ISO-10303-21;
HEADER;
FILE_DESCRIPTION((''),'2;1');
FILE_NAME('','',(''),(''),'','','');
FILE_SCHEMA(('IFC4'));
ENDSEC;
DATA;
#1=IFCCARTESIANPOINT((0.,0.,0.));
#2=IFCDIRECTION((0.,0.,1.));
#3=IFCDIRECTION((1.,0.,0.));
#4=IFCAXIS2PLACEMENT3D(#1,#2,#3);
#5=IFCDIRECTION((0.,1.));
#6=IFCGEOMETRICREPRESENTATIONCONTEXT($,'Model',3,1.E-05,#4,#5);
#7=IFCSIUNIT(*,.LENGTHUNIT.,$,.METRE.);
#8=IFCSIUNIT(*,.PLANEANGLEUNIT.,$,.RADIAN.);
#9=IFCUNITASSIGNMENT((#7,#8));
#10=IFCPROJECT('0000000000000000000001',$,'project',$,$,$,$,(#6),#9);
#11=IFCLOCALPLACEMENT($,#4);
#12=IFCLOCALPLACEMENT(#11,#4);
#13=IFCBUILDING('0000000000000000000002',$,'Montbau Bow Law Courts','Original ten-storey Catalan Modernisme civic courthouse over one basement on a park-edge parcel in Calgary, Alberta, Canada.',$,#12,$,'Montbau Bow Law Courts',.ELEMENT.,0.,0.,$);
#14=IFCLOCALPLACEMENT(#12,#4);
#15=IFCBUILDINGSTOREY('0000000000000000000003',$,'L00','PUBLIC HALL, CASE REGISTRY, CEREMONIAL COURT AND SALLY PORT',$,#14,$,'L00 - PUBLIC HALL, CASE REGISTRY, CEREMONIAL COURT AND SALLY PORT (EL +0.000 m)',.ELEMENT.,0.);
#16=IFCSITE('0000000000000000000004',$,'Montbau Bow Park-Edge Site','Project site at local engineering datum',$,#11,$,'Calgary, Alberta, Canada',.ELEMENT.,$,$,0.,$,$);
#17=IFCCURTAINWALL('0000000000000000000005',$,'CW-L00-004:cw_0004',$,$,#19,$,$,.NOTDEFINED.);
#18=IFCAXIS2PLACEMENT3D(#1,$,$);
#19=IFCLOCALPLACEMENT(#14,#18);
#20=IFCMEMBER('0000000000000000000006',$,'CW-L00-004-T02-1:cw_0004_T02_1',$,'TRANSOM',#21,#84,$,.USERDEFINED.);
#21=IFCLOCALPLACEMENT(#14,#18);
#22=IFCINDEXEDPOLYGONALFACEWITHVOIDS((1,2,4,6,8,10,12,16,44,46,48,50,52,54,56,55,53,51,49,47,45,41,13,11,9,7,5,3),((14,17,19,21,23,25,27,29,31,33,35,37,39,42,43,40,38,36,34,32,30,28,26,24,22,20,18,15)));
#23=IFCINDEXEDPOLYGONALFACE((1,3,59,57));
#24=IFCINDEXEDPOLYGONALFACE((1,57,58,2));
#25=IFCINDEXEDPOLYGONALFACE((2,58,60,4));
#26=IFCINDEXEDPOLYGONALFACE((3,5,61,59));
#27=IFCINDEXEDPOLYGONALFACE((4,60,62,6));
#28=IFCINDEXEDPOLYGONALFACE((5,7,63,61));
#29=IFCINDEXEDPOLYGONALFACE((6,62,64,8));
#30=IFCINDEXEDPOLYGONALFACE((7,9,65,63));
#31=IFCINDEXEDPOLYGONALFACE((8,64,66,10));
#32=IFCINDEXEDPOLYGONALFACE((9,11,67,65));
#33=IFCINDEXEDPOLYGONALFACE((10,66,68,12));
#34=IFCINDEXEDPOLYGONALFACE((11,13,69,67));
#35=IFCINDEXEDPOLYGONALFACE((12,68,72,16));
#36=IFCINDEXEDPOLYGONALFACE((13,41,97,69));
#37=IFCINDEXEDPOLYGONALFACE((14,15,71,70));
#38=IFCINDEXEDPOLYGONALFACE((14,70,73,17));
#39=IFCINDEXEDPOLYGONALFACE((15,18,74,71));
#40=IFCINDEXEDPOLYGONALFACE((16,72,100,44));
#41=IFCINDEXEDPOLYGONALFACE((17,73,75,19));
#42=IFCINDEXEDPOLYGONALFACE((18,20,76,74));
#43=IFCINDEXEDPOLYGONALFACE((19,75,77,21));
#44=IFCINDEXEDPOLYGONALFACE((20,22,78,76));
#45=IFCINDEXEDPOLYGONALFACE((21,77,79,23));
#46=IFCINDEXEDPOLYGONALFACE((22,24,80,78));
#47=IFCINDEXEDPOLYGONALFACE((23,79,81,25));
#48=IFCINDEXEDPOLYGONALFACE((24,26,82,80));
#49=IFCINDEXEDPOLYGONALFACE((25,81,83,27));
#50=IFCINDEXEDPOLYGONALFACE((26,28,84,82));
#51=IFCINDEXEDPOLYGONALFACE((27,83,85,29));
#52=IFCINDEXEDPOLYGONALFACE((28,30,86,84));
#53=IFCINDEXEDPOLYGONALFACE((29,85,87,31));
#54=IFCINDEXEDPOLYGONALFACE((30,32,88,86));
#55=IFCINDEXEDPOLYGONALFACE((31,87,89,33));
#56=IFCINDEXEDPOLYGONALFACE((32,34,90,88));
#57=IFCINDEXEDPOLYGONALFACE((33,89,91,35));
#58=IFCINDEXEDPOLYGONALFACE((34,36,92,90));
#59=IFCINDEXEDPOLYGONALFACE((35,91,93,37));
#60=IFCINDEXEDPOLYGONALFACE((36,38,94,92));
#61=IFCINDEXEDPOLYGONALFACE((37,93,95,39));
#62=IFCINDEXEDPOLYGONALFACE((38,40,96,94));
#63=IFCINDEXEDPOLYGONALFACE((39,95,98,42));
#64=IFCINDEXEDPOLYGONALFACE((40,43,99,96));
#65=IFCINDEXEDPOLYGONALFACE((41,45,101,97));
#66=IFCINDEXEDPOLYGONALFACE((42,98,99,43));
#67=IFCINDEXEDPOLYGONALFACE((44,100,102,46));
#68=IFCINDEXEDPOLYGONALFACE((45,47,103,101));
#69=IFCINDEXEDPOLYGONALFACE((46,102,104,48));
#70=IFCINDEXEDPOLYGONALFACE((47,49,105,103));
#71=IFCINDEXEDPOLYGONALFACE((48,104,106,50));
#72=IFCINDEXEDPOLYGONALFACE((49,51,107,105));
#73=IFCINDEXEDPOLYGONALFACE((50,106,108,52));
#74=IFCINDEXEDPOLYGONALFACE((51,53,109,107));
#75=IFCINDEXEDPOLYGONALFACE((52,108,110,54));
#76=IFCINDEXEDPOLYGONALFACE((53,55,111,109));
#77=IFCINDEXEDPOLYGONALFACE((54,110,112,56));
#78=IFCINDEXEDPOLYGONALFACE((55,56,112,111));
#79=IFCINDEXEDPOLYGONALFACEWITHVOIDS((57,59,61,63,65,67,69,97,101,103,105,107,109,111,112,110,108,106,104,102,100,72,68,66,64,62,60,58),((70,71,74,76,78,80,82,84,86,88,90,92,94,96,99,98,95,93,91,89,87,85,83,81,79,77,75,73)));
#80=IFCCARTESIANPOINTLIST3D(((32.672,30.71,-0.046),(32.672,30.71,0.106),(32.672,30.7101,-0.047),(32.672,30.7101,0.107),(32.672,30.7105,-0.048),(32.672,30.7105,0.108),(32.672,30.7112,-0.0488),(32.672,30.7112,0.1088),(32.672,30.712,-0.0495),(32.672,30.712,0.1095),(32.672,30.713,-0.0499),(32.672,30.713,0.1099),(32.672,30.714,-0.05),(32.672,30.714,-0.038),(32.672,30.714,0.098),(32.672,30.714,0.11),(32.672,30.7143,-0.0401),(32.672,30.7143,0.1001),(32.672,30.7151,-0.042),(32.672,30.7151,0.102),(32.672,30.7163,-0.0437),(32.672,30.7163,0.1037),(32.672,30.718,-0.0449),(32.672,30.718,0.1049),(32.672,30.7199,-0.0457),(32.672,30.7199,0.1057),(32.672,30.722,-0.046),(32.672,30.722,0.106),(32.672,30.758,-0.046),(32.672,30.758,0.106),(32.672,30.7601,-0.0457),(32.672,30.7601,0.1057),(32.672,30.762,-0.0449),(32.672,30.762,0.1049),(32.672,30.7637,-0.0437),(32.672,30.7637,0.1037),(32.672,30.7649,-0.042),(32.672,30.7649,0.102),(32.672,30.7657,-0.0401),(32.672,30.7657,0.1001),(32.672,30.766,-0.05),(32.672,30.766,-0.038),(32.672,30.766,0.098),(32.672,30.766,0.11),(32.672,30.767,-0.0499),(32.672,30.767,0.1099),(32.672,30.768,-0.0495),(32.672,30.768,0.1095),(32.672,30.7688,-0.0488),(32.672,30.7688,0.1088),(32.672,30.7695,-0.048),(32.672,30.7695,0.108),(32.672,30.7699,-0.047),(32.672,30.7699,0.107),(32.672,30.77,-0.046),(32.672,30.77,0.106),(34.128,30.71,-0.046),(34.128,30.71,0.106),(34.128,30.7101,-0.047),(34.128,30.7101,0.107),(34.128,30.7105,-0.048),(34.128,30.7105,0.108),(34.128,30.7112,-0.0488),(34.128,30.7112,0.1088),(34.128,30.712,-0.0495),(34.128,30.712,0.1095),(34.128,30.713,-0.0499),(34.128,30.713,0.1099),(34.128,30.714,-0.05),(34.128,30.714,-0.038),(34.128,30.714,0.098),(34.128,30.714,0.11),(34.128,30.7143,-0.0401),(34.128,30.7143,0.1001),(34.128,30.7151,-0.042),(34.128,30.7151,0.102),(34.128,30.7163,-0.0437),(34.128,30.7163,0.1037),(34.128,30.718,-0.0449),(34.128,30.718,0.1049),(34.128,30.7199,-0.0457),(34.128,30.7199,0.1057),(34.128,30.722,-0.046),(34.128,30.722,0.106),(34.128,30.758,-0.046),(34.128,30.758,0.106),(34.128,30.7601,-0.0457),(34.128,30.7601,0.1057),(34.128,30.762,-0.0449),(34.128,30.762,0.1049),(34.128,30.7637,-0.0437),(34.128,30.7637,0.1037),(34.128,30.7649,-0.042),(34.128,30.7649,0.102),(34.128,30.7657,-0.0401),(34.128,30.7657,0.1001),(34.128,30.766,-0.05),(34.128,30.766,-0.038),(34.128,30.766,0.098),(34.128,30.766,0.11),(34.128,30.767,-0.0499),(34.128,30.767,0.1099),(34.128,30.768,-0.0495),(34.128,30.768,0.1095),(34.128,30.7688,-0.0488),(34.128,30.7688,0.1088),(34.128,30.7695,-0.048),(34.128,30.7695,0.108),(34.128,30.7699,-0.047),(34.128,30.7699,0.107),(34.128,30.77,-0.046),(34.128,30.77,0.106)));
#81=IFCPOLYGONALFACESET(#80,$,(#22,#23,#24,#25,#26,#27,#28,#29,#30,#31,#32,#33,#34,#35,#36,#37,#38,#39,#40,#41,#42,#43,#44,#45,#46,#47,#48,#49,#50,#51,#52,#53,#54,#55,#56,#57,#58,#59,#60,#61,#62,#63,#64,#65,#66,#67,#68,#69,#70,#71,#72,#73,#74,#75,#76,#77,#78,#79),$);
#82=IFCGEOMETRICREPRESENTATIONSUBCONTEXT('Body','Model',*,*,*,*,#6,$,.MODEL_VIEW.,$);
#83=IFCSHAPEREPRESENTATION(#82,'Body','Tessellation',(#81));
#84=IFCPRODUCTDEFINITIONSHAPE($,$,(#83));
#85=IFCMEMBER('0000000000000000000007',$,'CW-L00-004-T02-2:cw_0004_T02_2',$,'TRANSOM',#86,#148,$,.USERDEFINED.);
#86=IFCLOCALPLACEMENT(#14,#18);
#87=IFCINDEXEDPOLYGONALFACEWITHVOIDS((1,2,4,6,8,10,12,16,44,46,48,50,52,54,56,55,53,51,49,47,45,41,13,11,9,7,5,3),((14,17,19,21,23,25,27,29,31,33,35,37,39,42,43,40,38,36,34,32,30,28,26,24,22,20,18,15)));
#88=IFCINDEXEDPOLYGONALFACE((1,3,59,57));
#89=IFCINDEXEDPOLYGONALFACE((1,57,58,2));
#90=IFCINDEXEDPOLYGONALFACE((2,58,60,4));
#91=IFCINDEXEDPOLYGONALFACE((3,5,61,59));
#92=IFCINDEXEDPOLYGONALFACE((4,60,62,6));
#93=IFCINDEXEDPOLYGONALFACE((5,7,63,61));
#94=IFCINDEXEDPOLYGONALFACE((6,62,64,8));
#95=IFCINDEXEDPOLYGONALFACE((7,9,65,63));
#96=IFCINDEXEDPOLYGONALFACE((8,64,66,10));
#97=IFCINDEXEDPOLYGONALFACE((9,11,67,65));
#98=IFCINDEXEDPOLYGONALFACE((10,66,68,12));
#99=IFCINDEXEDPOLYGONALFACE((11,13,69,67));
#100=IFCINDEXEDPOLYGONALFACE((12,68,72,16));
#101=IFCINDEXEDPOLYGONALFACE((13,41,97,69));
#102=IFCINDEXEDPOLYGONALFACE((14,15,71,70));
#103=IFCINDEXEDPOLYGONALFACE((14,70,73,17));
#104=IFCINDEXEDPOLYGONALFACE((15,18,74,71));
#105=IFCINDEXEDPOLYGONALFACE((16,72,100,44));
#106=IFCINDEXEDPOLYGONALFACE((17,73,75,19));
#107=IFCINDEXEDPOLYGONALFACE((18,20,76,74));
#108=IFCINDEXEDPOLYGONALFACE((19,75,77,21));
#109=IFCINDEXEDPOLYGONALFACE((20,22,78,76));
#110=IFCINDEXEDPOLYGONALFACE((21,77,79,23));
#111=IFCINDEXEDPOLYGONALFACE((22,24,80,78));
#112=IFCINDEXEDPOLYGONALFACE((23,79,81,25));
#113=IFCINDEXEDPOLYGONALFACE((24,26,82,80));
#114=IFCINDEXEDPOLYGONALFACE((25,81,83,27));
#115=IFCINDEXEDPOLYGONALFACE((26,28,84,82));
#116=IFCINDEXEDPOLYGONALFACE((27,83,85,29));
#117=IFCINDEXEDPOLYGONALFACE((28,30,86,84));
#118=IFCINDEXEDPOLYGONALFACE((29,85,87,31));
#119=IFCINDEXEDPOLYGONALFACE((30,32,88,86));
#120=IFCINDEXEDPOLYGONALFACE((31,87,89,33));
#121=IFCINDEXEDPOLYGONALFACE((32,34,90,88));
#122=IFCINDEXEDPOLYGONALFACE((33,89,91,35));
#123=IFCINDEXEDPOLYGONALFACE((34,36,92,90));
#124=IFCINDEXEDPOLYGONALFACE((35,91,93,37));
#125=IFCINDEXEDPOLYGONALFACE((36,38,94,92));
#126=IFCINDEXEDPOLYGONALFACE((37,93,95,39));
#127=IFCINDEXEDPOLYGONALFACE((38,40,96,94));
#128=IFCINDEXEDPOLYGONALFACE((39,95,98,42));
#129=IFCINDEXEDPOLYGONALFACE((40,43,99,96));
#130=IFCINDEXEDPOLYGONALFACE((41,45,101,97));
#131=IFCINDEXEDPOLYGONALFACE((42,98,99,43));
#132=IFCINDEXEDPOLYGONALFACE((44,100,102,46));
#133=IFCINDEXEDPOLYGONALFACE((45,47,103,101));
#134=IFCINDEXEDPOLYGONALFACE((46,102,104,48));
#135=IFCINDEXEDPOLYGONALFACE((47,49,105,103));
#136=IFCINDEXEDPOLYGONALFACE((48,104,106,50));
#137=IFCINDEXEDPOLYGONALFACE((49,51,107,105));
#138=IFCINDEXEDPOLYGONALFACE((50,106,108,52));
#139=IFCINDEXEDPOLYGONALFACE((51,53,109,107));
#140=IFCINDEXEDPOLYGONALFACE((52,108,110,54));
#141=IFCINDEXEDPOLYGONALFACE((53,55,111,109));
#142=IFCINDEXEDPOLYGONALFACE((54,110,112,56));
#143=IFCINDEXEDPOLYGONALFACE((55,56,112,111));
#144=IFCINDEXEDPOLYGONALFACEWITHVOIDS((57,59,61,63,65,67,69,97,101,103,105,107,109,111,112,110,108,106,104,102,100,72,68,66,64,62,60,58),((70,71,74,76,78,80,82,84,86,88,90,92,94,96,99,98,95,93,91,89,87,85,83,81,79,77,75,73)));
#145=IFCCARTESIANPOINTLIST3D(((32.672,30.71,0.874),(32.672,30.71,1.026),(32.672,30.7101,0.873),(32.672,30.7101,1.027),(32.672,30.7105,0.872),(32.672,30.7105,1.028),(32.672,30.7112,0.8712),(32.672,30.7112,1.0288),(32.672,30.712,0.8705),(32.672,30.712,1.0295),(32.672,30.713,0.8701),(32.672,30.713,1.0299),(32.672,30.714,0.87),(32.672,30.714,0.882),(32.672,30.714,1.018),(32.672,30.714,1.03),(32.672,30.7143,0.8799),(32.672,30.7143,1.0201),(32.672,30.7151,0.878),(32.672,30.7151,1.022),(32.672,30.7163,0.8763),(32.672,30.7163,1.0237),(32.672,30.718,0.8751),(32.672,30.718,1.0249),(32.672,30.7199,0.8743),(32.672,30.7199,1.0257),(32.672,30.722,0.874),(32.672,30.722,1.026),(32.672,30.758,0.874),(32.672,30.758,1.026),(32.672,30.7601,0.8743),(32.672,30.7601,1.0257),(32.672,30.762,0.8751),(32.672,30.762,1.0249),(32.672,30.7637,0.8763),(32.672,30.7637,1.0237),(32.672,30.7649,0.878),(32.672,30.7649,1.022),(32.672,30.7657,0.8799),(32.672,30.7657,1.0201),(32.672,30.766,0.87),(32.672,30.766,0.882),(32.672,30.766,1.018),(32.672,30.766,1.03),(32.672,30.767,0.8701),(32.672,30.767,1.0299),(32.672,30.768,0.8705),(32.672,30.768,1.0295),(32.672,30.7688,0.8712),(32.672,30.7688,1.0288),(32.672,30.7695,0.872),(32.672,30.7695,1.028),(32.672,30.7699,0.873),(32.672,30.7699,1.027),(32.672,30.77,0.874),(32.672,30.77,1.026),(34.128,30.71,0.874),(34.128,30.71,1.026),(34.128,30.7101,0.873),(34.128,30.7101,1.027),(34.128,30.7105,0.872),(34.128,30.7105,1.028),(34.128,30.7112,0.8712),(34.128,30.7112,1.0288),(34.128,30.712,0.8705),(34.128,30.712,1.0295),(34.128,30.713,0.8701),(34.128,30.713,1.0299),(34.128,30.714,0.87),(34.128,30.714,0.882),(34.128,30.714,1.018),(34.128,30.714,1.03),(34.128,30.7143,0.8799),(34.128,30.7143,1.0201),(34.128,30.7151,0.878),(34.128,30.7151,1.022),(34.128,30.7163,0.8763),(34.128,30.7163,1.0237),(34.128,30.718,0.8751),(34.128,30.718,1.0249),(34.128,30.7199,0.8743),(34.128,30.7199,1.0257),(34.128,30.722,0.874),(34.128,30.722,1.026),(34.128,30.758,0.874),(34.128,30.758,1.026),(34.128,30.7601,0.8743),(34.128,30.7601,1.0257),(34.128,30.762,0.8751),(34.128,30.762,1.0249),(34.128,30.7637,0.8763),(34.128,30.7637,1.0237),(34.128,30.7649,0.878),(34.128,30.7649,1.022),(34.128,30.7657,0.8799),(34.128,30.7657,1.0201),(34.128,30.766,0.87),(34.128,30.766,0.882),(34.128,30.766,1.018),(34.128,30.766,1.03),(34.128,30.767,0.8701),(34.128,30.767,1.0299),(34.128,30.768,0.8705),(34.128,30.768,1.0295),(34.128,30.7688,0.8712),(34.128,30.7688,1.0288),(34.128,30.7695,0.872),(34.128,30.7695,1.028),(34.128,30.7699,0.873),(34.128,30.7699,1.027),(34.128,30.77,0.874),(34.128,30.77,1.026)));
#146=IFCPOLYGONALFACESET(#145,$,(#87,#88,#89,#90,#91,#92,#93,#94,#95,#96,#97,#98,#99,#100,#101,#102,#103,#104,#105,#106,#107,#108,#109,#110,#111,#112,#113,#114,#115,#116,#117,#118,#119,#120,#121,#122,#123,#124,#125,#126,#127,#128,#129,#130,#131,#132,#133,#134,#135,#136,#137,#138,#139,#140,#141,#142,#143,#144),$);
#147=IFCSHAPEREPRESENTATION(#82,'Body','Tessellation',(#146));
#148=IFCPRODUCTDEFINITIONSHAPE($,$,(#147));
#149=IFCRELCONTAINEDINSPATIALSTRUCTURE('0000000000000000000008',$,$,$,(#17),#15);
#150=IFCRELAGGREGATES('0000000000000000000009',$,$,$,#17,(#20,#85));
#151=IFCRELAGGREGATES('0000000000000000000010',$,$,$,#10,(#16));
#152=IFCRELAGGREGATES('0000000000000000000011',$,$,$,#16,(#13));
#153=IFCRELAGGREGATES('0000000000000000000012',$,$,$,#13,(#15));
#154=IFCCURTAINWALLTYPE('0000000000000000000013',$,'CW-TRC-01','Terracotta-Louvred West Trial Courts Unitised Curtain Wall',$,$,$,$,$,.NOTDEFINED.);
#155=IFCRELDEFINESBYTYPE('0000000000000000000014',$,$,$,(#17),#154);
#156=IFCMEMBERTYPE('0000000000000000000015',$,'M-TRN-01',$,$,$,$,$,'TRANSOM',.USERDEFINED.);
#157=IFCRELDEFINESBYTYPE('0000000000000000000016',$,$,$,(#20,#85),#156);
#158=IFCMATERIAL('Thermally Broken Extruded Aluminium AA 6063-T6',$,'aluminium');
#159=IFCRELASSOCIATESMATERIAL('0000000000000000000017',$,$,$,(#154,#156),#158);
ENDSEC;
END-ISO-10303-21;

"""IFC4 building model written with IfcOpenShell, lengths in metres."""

from ifc_helpers import new_model, si_unit, direction, frame, origin_with_axes, origin_2d_with_axis, place, context, subcontext, project, spatial, hollow_rectangle, extrude, material, material_profile, profile_set, type_object, element, aggregate, save


model = new_model("IFC4")

# Units and contexts
model_context = context("Model", 3, precision=1e-05, world=origin_with_axes(), true_north=direction((0.0, 1.0)))
body_context = subcontext(model_context, "Body", "Model", "MODEL_VIEW")
ifc_project = project(units=[si_unit("LENGTHUNIT", "METRE"), si_unit("PLANEANGLEUNIT", "RADIAN")], contexts=[model_context])

# Site, building, storey
site_placement = place(None, origin_with_axes())
site = spatial("IfcSite", under=ifc_project, at=site_placement, Name="Montbau Bow Park-Edge Site", Description="Project site at local engineering datum", LongName="Calgary, Alberta, Canada", CompositionType="ELEMENT", RefElevation=0.0)
building_placement = place(site_placement, origin_with_axes())
building = spatial("IfcBuilding", under=site, at=building_placement, Name="Montbau Bow Law Courts", Description="Original ten-storey Catalan Modernisme civic courthouse over one basement on a park-edge parcel in Calgary, Alberta, Canada.", LongName="Montbau Bow Law Courts", CompositionType="ELEMENT", ElevationOfRefHeight=0.0, ElevationOfTerrain=0.0)
storey_placement = place(building_placement, origin_with_axes())
storey = spatial("IfcBuildingStorey", under=building, at=storey_placement, Name="L00", Description="PUBLIC HALL, CASE REGISTRY, CEREMONIAL COURT AND SALLY PORT", LongName="L00 - PUBLIC HALL, CASE REGISTRY, CEREMONIAL COURT AND SALLY PORT (EL +0.000 m)", CompositionType="ELEMENT", Elevation=0.0)

# Curtain wall, members
ifc_material_1 = material(Name="Thermally Broken Extruded Aluminium AA 6063-T6", Category="aluminium")
curtain_wall_type = type_object("IfcCurtainWallType", Name="CW-TRC-01", Description="Terracotta-Louvred West Trial Courts Unitised Curtain Wall", PredefinedType="NOTDEFINED", material=ifc_material_1)
curtain_wall_placement = place(None, frame((31.115, 30.74, 0.0), z_axis=(0.0, 0.0, 1.0), x_axis=(1.0, 0.0, 0.0)))
curtain_wall = element("IfcCurtainWall", 1, at=curtain_wall_placement, inside=storey, type_object=curtain_wall_type, Name="CW-L00-004:cw_0004", PredefinedType="NOTDEFINED")
ifc_material_profile_1 = material_profile(ifc_material_1, hollow_rectangle(XDim=0.06, YDim=0.16, WallThickness=0.004, InnerFilletRadius=0.008, OuterFilletRadius=0.004, at=origin_2d_with_axis()), Name="CWT-160X60", Category="Main", Priority=0)
ifc_profile_set_1 = profile_set([ifc_material_profile_1], Name="Thermally Broken Extruded Aluminium AA 6063-T6")
member_type_1 = type_object("IfcMemberType", Name="M-TRN-01", ElementType="TRANSOM", PredefinedType="USERDEFINED", material=ifc_profile_set_1)
member_1_placement = place(None, frame((32.672, 30.74, 0.03), z_axis=(1.0, 0.0, 0.0), x_axis=(0.0, 1.0, 0.0)))
member_1 = element("IfcMember", 2, at=member_1_placement, type_object=member_type_1, Name="CW-L00-004-T02-1:cw_0004_T02_1", ObjectType="TRANSOM", PredefinedType="USERDEFINED", context=body_context, shape_type="SweptSolid", body=[
    extrude(hollow_rectangle(XDim=0.06, YDim=0.16, WallThickness=0.004, InnerFilletRadius=0.008, OuterFilletRadius=0.004, at=origin_2d_with_axis()), origin_with_axes(), (0.0, 0.0, 1.0), 1.456),
])
member_2_placement = place(None, frame((32.672, 30.74, 0.95), z_axis=(1.0, 0.0, 0.0), x_axis=(0.0, 1.0, 0.0)))
member_2 = element("IfcMember", 3, at=member_2_placement, type_object=member_type_1, Name="CW-L00-004-T02-2:cw_0004_T02_2", ObjectType="TRANSOM", PredefinedType="USERDEFINED", context=body_context, shape_type="SweptSolid", body=[
    extrude(hollow_rectangle(XDim=0.06, YDim=0.16, WallThickness=0.004, InnerFilletRadius=0.008, OuterFilletRadius=0.004, at=origin_2d_with_axis()), origin_with_axes(), (0.0, 0.0, 1.0), 1.456),
])
aggregate(curtain_wall, [member_1, member_2])

save(model, "model.ifc")
